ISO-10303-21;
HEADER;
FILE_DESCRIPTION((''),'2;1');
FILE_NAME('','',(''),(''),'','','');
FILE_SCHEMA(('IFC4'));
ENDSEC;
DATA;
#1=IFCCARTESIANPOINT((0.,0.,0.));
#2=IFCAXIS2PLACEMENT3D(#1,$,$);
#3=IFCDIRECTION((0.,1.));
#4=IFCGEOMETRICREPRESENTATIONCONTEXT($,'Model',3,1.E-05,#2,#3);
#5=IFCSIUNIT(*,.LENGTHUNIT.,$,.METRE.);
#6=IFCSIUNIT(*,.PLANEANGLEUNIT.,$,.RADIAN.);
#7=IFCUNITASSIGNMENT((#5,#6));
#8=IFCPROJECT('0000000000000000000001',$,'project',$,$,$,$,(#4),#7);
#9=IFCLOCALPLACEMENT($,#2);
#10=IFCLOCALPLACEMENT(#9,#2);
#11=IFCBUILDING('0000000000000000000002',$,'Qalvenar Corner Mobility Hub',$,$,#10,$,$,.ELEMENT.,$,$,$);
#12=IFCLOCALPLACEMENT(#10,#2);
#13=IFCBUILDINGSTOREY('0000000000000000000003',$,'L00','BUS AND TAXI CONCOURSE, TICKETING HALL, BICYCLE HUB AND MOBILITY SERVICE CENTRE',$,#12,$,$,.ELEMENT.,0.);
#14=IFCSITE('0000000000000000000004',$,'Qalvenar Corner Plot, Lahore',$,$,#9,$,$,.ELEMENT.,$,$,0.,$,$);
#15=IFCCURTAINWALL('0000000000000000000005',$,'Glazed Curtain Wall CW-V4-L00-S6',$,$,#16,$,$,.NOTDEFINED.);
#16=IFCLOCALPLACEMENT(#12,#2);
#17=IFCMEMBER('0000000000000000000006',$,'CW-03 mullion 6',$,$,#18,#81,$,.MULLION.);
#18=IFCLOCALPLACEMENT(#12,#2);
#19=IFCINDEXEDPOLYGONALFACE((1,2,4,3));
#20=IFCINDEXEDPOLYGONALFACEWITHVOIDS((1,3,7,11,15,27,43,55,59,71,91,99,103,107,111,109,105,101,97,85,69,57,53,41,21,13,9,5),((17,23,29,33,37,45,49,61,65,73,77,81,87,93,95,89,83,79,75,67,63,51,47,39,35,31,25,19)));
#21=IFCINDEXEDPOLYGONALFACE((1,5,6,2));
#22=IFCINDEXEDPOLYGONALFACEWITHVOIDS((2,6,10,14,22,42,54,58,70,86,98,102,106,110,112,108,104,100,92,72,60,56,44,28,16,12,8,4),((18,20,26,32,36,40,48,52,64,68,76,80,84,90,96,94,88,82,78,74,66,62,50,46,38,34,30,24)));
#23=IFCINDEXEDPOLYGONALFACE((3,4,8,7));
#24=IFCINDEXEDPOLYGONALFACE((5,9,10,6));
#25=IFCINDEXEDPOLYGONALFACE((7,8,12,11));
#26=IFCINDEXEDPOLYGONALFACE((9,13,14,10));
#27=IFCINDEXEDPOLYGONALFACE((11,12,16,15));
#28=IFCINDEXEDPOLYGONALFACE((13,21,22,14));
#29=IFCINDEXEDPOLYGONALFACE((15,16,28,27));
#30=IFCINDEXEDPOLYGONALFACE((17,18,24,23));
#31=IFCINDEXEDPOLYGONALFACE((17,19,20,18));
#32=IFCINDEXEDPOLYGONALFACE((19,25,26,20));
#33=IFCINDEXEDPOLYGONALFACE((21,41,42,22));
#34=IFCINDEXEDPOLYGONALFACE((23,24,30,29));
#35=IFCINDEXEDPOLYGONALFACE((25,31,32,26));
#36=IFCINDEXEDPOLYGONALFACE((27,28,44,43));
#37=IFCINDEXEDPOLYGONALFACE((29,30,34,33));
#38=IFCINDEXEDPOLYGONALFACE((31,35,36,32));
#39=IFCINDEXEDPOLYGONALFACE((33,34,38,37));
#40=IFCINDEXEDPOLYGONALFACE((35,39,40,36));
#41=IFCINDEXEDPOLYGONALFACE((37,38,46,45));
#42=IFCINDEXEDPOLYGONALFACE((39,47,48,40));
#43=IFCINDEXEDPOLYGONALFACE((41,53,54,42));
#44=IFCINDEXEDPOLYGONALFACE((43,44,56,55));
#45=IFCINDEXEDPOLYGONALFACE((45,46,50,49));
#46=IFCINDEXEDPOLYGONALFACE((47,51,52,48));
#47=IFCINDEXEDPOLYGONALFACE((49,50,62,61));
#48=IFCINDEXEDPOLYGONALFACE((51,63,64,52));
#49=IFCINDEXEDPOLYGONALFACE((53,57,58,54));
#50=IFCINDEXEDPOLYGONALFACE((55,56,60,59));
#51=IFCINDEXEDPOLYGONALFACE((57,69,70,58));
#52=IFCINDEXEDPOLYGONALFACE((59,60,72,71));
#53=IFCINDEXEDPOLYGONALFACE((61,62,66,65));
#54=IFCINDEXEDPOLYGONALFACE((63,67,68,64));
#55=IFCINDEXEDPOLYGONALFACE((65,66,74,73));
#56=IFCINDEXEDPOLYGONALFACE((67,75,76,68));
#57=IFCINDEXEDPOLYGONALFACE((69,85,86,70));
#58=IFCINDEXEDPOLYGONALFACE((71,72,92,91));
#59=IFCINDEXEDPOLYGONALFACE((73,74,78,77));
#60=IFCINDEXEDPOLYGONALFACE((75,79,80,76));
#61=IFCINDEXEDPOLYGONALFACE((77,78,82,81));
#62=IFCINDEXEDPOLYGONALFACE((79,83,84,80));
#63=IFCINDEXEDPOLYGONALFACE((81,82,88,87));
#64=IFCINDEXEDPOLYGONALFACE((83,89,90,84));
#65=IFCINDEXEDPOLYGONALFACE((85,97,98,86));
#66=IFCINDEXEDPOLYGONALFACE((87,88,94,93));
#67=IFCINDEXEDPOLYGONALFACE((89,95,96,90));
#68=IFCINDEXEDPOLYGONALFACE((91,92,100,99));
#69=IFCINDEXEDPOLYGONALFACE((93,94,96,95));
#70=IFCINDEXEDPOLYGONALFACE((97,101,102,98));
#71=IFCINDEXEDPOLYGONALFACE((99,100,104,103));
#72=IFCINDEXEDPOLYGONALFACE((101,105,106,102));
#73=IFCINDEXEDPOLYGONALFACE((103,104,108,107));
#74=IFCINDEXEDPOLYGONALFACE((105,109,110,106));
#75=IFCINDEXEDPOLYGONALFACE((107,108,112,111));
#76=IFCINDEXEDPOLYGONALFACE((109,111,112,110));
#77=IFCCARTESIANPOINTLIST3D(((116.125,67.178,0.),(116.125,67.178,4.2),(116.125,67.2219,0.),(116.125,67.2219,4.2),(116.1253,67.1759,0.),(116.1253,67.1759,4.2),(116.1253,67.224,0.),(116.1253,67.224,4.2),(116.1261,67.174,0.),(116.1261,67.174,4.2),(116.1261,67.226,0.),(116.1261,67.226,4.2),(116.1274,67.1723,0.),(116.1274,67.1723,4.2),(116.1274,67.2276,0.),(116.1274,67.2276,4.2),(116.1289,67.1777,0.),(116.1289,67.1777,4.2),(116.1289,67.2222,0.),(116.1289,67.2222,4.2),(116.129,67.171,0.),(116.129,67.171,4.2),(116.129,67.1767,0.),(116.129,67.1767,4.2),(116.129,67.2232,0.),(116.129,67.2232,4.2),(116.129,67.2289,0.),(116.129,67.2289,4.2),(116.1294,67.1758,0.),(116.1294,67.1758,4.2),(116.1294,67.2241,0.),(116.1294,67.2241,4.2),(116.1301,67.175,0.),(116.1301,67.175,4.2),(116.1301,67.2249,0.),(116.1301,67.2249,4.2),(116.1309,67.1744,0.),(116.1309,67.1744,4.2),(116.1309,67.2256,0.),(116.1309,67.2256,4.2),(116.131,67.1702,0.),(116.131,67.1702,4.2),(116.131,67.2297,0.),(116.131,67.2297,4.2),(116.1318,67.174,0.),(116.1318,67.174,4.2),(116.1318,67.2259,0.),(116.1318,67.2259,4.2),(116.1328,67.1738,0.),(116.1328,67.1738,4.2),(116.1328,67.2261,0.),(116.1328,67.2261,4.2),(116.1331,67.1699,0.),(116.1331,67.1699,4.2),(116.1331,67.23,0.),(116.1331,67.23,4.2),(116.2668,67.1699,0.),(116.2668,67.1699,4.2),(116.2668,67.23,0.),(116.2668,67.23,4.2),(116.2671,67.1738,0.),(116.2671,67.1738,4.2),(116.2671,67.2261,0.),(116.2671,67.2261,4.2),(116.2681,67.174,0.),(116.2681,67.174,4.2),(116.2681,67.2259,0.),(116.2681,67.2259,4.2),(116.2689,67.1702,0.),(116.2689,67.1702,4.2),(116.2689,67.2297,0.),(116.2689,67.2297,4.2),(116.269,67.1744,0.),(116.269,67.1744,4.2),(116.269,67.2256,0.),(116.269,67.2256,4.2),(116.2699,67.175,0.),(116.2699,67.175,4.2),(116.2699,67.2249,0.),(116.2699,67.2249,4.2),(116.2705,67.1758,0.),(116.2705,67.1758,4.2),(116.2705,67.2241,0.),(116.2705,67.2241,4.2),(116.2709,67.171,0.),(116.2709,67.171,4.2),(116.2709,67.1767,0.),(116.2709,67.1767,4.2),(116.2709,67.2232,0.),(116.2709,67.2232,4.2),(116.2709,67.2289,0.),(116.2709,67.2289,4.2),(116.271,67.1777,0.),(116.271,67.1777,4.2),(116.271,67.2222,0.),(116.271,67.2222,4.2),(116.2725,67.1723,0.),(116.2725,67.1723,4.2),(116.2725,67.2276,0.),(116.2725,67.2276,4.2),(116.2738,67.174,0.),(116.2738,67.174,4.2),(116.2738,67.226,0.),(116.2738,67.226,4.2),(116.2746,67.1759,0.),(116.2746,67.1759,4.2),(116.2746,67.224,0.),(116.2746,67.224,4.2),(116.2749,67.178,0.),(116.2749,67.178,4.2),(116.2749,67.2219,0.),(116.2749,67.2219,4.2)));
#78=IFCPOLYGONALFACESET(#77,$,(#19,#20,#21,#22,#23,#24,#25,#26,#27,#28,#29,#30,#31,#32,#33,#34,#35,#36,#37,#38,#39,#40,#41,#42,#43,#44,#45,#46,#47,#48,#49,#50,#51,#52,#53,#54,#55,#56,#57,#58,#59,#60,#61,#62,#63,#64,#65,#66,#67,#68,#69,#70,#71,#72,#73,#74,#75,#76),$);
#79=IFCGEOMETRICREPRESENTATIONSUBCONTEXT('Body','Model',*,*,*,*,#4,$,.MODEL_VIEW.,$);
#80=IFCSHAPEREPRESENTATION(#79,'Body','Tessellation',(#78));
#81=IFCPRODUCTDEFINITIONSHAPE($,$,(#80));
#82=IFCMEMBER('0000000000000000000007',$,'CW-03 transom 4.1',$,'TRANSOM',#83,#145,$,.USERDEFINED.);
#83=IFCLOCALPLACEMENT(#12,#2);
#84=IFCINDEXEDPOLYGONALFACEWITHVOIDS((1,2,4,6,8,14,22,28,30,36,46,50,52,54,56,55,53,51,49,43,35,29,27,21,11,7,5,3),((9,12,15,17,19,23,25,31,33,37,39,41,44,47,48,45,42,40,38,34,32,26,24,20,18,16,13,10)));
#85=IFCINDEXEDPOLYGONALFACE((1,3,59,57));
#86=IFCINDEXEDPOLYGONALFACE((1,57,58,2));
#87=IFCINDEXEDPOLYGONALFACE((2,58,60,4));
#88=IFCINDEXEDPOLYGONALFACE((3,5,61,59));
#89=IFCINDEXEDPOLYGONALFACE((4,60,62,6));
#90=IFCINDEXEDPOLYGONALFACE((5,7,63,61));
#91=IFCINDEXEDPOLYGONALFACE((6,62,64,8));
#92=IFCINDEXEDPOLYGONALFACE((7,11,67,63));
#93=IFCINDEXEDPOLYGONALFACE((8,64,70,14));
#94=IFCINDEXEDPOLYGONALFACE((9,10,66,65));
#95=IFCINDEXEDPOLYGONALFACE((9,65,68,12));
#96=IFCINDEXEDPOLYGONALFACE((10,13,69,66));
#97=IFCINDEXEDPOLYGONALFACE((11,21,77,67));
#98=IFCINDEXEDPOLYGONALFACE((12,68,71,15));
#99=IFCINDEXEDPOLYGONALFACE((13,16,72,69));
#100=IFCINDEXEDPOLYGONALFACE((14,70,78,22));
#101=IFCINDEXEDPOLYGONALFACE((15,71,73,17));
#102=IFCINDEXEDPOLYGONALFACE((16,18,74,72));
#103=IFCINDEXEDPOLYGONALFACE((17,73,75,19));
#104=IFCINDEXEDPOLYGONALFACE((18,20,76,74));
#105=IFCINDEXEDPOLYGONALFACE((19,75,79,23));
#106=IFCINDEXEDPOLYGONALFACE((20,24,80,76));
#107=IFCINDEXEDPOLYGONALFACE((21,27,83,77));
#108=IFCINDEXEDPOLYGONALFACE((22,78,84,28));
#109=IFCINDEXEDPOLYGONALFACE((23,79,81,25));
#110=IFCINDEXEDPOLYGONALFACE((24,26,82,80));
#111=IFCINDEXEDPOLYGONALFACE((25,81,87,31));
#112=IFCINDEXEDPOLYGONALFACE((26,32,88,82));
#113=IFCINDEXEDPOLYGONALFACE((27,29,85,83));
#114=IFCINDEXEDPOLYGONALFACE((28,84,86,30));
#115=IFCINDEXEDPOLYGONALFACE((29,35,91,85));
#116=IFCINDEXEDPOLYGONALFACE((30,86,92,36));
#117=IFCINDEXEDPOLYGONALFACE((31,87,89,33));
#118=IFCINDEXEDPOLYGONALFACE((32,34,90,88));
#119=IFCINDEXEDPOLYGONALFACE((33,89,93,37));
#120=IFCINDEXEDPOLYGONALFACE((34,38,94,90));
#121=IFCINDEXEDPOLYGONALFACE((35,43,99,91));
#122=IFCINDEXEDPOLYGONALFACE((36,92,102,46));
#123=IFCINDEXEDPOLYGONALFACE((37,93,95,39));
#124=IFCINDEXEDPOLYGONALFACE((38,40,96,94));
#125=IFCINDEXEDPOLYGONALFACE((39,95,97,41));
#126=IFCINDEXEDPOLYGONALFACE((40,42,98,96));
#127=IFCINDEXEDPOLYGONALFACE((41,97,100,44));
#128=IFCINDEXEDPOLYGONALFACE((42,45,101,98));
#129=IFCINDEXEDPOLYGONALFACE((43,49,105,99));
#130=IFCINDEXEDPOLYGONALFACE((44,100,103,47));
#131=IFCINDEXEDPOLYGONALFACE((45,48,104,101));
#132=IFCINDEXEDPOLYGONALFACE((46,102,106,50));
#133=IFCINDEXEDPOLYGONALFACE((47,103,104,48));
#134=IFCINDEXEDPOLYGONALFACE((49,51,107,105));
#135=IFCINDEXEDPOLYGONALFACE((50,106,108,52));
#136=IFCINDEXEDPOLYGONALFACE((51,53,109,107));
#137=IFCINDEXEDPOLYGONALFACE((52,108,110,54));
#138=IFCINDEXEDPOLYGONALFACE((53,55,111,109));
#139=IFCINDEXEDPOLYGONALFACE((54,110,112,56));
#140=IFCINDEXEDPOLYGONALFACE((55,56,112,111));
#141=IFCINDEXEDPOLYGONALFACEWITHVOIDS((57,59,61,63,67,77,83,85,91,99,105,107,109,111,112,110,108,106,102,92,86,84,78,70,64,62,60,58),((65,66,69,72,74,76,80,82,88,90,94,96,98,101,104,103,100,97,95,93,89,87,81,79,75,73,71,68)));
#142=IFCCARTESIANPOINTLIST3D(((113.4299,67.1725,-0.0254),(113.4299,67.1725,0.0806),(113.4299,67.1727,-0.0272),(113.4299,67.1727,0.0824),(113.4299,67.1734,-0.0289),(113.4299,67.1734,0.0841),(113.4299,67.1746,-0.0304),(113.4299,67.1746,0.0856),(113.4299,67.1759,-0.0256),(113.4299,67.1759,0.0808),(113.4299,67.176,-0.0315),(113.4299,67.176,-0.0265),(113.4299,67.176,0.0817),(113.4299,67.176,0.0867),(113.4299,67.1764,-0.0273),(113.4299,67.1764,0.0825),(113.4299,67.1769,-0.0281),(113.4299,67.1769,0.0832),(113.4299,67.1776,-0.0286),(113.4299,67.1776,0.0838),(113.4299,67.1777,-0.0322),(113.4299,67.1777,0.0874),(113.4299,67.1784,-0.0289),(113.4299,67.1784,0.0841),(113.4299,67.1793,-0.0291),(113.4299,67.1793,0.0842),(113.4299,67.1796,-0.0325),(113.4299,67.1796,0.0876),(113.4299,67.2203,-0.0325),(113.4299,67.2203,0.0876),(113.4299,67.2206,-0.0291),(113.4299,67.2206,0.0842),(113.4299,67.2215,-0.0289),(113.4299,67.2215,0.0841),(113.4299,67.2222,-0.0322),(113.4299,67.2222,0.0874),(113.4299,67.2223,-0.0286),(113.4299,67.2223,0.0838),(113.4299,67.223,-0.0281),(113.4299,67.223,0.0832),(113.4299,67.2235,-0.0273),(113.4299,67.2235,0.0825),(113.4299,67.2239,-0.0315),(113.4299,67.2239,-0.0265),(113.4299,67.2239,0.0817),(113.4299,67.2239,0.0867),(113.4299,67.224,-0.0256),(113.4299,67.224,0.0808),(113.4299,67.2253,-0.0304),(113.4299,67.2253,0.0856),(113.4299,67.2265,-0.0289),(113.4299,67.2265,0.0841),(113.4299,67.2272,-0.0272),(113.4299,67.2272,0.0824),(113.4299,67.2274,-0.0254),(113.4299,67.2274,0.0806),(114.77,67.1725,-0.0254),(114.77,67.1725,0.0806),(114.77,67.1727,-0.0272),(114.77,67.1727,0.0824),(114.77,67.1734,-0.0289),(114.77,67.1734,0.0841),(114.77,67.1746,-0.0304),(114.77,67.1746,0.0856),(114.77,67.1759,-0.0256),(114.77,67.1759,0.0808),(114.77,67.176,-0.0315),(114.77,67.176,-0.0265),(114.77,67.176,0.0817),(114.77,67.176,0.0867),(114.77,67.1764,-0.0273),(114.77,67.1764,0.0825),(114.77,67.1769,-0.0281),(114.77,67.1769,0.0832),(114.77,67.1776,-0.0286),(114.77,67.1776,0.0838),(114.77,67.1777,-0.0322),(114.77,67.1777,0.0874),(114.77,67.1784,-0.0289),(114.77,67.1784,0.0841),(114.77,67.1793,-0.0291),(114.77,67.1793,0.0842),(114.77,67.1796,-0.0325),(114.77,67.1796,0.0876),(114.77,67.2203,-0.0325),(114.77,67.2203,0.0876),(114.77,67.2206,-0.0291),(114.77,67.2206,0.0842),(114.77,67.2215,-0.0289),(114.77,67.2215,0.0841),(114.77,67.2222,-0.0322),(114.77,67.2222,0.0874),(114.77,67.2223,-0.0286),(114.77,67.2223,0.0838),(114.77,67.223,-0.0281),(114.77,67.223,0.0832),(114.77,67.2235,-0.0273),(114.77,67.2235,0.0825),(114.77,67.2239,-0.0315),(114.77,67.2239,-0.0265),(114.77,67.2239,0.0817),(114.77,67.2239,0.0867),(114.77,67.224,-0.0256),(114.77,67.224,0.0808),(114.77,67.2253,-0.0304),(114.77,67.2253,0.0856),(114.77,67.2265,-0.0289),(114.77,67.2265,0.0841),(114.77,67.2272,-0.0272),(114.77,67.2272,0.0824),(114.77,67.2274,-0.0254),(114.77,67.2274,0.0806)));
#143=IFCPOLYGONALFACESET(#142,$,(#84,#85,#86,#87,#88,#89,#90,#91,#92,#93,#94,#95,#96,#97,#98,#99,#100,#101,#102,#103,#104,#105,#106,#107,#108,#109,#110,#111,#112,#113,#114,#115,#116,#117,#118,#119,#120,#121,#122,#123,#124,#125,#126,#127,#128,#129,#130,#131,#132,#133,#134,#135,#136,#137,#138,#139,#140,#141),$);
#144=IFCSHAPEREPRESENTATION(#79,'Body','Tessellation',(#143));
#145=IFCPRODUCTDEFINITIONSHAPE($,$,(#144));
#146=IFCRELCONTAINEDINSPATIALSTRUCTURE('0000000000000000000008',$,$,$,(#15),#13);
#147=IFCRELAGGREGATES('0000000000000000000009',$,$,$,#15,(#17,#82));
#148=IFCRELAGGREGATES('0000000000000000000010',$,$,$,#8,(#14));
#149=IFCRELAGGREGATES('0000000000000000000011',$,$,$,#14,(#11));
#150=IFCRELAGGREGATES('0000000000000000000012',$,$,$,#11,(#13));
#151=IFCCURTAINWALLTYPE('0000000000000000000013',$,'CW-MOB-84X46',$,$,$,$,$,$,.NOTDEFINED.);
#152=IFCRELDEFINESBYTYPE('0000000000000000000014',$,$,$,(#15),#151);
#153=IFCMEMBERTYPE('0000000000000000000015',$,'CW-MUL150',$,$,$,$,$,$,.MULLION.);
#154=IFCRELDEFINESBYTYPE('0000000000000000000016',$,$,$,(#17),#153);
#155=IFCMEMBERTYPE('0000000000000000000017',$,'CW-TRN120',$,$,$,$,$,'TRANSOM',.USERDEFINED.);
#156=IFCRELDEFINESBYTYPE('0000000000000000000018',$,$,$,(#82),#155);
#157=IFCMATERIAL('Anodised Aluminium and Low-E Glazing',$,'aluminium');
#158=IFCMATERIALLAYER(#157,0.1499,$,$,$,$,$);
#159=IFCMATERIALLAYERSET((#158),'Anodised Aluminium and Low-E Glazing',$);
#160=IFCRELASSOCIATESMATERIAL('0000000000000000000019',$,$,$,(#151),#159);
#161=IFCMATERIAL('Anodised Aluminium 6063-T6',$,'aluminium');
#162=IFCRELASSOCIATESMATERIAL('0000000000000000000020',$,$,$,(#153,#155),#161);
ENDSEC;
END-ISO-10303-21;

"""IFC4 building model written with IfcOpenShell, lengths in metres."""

from ifc_helpers import new_model, si_unit, direction, frame, origin, origin_2d, place, context, subcontext, project, spatial, hollow_rectangle, extrude, material, layer, layer_set, material_profile, profile_set, type_object, element, aggregate, save


model = new_model("IFC4")

# Units and contexts
model_context = context("Model", 3, precision=1e-05, world=origin(), true_north=direction((0.0, 1.0)))
body_context = subcontext(model_context, "Body", "Model", "MODEL_VIEW")
ifc_project = project(units=[si_unit("LENGTHUNIT", "METRE"), si_unit("PLANEANGLEUNIT", "RADIAN")], contexts=[model_context])

# Site, building, storey
site_placement = place(None, origin())
site = spatial("IfcSite", under=ifc_project, at=site_placement, Name="Qalvenar Corner Plot, Lahore", CompositionType="ELEMENT", RefElevation=0.0)
building_placement = place(site_placement, origin())
building = spatial("IfcBuilding", under=site, at=building_placement, Name="Qalvenar Corner Mobility Hub", CompositionType="ELEMENT")
storey_placement = place(building_placement, origin())
storey = spatial("IfcBuildingStorey", under=building, at=storey_placement, Name="L00", Description="BUS AND TAXI CONCOURSE, TICKETING HALL, BICYCLE HUB AND MOBILITY SERVICE CENTRE", CompositionType="ELEMENT", Elevation=0.0)

# Curtain wall, members
ifc_material_1 = material(Name="Anodised Aluminium and Low-E Glazing", Category="aluminium")
ifc_layer_1 = layer(ifc_material_1, 0.1499)
ifc_layer_set_1 = layer_set([ifc_layer_1], Name="Anodised Aluminium and Low-E Glazing")
curtain_wall_type = type_object("IfcCurtainWallType", Name="CW-MOB-84X46", PredefinedType="NOTDEFINED", material=ifc_layer_set_1)
curtain_wall_placement = place(storey_placement, origin())
curtain_wall = element("IfcCurtainWall", 1, at=curtain_wall_placement, inside=storey, type_object=curtain_wall_type, Name="Glazed Curtain Wall CW-V4-L00-S6", PredefinedType="NOTDEFINED")
ifc_material_2 = material(Name="Anodised Aluminium 6063-T6", Category="aluminium")
ifc_material_profile_1 = material_profile(ifc_material_2, hollow_rectangle(XDim=0.0601, YDim=0.1499, WallThickness=0.0039, InnerFilletRadius=0.0039, OuterFilletRadius=0.0081, at=origin_2d()), Name="RHS150x60x4")
ifc_profile_set_1 = profile_set([ifc_material_profile_1], Name="Anodised Aluminium 6063-T6")
member_type_1 = type_object("IfcMemberType", Name="CW-MUL150", PredefinedType="MULLION", material=ifc_profile_set_1)
member_1_placement = place(storey_placement, frame((116.2, 67.2, 0.0), z_axis=(0.0, 0.0, 1.0), x_axis=(0.0, 1.0, 0.0)))
member_1 = element("IfcMember", 2, at=member_1_placement, type_object=member_type_1, Name="CW-03 mullion 6", PredefinedType="MULLION", context=body_context, shape_type="SweptSolid", body=[
    extrude(hollow_rectangle(XDim=0.0601, YDim=0.1499, WallThickness=0.0039, InnerFilletRadius=0.0039, OuterFilletRadius=0.0081, at=origin_2d()), origin(), (0.0, 0.0, 1.0), 4.2),
])
ifc_material_profile_2 = material_profile(ifc_material_2, hollow_rectangle(XDim=0.0549, YDim=0.1201, WallThickness=0.0034, InnerFilletRadius=0.0034, OuterFilletRadius=0.0071, at=origin_2d()), Name="RHS120x55x3.5")
ifc_profile_set_2 = profile_set([ifc_material_profile_2], Name="Anodised Aluminium 6063-T6")
member_type_2 = type_object("IfcMemberType", Name="CW-TRN120", ElementType="TRANSOM", PredefinedType="USERDEFINED", material=ifc_profile_set_2)
member_2_placement = place(storey_placement, frame((113.4299, 67.2, 0.0276), z_axis=(1.0, 0.0, 0.0), x_axis=(0.0, 1.0, 0.0)))
member_2 = element("IfcMember", 3, at=member_2_placement, type_object=member_type_2, Name="CW-03 transom 4.1", ObjectType="TRANSOM", PredefinedType="USERDEFINED", context=body_context, shape_type="SweptSolid", body=[
    extrude(hollow_rectangle(XDim=0.0549, YDim=0.1201, WallThickness=0.0034, InnerFilletRadius=0.0034, OuterFilletRadius=0.0071, at=origin_2d()), origin(), (0.0, 0.0, 1.0), 1.3401),
])
aggregate(curtain_wall, [member_1, member_2])

save(model, "model.ifc")
